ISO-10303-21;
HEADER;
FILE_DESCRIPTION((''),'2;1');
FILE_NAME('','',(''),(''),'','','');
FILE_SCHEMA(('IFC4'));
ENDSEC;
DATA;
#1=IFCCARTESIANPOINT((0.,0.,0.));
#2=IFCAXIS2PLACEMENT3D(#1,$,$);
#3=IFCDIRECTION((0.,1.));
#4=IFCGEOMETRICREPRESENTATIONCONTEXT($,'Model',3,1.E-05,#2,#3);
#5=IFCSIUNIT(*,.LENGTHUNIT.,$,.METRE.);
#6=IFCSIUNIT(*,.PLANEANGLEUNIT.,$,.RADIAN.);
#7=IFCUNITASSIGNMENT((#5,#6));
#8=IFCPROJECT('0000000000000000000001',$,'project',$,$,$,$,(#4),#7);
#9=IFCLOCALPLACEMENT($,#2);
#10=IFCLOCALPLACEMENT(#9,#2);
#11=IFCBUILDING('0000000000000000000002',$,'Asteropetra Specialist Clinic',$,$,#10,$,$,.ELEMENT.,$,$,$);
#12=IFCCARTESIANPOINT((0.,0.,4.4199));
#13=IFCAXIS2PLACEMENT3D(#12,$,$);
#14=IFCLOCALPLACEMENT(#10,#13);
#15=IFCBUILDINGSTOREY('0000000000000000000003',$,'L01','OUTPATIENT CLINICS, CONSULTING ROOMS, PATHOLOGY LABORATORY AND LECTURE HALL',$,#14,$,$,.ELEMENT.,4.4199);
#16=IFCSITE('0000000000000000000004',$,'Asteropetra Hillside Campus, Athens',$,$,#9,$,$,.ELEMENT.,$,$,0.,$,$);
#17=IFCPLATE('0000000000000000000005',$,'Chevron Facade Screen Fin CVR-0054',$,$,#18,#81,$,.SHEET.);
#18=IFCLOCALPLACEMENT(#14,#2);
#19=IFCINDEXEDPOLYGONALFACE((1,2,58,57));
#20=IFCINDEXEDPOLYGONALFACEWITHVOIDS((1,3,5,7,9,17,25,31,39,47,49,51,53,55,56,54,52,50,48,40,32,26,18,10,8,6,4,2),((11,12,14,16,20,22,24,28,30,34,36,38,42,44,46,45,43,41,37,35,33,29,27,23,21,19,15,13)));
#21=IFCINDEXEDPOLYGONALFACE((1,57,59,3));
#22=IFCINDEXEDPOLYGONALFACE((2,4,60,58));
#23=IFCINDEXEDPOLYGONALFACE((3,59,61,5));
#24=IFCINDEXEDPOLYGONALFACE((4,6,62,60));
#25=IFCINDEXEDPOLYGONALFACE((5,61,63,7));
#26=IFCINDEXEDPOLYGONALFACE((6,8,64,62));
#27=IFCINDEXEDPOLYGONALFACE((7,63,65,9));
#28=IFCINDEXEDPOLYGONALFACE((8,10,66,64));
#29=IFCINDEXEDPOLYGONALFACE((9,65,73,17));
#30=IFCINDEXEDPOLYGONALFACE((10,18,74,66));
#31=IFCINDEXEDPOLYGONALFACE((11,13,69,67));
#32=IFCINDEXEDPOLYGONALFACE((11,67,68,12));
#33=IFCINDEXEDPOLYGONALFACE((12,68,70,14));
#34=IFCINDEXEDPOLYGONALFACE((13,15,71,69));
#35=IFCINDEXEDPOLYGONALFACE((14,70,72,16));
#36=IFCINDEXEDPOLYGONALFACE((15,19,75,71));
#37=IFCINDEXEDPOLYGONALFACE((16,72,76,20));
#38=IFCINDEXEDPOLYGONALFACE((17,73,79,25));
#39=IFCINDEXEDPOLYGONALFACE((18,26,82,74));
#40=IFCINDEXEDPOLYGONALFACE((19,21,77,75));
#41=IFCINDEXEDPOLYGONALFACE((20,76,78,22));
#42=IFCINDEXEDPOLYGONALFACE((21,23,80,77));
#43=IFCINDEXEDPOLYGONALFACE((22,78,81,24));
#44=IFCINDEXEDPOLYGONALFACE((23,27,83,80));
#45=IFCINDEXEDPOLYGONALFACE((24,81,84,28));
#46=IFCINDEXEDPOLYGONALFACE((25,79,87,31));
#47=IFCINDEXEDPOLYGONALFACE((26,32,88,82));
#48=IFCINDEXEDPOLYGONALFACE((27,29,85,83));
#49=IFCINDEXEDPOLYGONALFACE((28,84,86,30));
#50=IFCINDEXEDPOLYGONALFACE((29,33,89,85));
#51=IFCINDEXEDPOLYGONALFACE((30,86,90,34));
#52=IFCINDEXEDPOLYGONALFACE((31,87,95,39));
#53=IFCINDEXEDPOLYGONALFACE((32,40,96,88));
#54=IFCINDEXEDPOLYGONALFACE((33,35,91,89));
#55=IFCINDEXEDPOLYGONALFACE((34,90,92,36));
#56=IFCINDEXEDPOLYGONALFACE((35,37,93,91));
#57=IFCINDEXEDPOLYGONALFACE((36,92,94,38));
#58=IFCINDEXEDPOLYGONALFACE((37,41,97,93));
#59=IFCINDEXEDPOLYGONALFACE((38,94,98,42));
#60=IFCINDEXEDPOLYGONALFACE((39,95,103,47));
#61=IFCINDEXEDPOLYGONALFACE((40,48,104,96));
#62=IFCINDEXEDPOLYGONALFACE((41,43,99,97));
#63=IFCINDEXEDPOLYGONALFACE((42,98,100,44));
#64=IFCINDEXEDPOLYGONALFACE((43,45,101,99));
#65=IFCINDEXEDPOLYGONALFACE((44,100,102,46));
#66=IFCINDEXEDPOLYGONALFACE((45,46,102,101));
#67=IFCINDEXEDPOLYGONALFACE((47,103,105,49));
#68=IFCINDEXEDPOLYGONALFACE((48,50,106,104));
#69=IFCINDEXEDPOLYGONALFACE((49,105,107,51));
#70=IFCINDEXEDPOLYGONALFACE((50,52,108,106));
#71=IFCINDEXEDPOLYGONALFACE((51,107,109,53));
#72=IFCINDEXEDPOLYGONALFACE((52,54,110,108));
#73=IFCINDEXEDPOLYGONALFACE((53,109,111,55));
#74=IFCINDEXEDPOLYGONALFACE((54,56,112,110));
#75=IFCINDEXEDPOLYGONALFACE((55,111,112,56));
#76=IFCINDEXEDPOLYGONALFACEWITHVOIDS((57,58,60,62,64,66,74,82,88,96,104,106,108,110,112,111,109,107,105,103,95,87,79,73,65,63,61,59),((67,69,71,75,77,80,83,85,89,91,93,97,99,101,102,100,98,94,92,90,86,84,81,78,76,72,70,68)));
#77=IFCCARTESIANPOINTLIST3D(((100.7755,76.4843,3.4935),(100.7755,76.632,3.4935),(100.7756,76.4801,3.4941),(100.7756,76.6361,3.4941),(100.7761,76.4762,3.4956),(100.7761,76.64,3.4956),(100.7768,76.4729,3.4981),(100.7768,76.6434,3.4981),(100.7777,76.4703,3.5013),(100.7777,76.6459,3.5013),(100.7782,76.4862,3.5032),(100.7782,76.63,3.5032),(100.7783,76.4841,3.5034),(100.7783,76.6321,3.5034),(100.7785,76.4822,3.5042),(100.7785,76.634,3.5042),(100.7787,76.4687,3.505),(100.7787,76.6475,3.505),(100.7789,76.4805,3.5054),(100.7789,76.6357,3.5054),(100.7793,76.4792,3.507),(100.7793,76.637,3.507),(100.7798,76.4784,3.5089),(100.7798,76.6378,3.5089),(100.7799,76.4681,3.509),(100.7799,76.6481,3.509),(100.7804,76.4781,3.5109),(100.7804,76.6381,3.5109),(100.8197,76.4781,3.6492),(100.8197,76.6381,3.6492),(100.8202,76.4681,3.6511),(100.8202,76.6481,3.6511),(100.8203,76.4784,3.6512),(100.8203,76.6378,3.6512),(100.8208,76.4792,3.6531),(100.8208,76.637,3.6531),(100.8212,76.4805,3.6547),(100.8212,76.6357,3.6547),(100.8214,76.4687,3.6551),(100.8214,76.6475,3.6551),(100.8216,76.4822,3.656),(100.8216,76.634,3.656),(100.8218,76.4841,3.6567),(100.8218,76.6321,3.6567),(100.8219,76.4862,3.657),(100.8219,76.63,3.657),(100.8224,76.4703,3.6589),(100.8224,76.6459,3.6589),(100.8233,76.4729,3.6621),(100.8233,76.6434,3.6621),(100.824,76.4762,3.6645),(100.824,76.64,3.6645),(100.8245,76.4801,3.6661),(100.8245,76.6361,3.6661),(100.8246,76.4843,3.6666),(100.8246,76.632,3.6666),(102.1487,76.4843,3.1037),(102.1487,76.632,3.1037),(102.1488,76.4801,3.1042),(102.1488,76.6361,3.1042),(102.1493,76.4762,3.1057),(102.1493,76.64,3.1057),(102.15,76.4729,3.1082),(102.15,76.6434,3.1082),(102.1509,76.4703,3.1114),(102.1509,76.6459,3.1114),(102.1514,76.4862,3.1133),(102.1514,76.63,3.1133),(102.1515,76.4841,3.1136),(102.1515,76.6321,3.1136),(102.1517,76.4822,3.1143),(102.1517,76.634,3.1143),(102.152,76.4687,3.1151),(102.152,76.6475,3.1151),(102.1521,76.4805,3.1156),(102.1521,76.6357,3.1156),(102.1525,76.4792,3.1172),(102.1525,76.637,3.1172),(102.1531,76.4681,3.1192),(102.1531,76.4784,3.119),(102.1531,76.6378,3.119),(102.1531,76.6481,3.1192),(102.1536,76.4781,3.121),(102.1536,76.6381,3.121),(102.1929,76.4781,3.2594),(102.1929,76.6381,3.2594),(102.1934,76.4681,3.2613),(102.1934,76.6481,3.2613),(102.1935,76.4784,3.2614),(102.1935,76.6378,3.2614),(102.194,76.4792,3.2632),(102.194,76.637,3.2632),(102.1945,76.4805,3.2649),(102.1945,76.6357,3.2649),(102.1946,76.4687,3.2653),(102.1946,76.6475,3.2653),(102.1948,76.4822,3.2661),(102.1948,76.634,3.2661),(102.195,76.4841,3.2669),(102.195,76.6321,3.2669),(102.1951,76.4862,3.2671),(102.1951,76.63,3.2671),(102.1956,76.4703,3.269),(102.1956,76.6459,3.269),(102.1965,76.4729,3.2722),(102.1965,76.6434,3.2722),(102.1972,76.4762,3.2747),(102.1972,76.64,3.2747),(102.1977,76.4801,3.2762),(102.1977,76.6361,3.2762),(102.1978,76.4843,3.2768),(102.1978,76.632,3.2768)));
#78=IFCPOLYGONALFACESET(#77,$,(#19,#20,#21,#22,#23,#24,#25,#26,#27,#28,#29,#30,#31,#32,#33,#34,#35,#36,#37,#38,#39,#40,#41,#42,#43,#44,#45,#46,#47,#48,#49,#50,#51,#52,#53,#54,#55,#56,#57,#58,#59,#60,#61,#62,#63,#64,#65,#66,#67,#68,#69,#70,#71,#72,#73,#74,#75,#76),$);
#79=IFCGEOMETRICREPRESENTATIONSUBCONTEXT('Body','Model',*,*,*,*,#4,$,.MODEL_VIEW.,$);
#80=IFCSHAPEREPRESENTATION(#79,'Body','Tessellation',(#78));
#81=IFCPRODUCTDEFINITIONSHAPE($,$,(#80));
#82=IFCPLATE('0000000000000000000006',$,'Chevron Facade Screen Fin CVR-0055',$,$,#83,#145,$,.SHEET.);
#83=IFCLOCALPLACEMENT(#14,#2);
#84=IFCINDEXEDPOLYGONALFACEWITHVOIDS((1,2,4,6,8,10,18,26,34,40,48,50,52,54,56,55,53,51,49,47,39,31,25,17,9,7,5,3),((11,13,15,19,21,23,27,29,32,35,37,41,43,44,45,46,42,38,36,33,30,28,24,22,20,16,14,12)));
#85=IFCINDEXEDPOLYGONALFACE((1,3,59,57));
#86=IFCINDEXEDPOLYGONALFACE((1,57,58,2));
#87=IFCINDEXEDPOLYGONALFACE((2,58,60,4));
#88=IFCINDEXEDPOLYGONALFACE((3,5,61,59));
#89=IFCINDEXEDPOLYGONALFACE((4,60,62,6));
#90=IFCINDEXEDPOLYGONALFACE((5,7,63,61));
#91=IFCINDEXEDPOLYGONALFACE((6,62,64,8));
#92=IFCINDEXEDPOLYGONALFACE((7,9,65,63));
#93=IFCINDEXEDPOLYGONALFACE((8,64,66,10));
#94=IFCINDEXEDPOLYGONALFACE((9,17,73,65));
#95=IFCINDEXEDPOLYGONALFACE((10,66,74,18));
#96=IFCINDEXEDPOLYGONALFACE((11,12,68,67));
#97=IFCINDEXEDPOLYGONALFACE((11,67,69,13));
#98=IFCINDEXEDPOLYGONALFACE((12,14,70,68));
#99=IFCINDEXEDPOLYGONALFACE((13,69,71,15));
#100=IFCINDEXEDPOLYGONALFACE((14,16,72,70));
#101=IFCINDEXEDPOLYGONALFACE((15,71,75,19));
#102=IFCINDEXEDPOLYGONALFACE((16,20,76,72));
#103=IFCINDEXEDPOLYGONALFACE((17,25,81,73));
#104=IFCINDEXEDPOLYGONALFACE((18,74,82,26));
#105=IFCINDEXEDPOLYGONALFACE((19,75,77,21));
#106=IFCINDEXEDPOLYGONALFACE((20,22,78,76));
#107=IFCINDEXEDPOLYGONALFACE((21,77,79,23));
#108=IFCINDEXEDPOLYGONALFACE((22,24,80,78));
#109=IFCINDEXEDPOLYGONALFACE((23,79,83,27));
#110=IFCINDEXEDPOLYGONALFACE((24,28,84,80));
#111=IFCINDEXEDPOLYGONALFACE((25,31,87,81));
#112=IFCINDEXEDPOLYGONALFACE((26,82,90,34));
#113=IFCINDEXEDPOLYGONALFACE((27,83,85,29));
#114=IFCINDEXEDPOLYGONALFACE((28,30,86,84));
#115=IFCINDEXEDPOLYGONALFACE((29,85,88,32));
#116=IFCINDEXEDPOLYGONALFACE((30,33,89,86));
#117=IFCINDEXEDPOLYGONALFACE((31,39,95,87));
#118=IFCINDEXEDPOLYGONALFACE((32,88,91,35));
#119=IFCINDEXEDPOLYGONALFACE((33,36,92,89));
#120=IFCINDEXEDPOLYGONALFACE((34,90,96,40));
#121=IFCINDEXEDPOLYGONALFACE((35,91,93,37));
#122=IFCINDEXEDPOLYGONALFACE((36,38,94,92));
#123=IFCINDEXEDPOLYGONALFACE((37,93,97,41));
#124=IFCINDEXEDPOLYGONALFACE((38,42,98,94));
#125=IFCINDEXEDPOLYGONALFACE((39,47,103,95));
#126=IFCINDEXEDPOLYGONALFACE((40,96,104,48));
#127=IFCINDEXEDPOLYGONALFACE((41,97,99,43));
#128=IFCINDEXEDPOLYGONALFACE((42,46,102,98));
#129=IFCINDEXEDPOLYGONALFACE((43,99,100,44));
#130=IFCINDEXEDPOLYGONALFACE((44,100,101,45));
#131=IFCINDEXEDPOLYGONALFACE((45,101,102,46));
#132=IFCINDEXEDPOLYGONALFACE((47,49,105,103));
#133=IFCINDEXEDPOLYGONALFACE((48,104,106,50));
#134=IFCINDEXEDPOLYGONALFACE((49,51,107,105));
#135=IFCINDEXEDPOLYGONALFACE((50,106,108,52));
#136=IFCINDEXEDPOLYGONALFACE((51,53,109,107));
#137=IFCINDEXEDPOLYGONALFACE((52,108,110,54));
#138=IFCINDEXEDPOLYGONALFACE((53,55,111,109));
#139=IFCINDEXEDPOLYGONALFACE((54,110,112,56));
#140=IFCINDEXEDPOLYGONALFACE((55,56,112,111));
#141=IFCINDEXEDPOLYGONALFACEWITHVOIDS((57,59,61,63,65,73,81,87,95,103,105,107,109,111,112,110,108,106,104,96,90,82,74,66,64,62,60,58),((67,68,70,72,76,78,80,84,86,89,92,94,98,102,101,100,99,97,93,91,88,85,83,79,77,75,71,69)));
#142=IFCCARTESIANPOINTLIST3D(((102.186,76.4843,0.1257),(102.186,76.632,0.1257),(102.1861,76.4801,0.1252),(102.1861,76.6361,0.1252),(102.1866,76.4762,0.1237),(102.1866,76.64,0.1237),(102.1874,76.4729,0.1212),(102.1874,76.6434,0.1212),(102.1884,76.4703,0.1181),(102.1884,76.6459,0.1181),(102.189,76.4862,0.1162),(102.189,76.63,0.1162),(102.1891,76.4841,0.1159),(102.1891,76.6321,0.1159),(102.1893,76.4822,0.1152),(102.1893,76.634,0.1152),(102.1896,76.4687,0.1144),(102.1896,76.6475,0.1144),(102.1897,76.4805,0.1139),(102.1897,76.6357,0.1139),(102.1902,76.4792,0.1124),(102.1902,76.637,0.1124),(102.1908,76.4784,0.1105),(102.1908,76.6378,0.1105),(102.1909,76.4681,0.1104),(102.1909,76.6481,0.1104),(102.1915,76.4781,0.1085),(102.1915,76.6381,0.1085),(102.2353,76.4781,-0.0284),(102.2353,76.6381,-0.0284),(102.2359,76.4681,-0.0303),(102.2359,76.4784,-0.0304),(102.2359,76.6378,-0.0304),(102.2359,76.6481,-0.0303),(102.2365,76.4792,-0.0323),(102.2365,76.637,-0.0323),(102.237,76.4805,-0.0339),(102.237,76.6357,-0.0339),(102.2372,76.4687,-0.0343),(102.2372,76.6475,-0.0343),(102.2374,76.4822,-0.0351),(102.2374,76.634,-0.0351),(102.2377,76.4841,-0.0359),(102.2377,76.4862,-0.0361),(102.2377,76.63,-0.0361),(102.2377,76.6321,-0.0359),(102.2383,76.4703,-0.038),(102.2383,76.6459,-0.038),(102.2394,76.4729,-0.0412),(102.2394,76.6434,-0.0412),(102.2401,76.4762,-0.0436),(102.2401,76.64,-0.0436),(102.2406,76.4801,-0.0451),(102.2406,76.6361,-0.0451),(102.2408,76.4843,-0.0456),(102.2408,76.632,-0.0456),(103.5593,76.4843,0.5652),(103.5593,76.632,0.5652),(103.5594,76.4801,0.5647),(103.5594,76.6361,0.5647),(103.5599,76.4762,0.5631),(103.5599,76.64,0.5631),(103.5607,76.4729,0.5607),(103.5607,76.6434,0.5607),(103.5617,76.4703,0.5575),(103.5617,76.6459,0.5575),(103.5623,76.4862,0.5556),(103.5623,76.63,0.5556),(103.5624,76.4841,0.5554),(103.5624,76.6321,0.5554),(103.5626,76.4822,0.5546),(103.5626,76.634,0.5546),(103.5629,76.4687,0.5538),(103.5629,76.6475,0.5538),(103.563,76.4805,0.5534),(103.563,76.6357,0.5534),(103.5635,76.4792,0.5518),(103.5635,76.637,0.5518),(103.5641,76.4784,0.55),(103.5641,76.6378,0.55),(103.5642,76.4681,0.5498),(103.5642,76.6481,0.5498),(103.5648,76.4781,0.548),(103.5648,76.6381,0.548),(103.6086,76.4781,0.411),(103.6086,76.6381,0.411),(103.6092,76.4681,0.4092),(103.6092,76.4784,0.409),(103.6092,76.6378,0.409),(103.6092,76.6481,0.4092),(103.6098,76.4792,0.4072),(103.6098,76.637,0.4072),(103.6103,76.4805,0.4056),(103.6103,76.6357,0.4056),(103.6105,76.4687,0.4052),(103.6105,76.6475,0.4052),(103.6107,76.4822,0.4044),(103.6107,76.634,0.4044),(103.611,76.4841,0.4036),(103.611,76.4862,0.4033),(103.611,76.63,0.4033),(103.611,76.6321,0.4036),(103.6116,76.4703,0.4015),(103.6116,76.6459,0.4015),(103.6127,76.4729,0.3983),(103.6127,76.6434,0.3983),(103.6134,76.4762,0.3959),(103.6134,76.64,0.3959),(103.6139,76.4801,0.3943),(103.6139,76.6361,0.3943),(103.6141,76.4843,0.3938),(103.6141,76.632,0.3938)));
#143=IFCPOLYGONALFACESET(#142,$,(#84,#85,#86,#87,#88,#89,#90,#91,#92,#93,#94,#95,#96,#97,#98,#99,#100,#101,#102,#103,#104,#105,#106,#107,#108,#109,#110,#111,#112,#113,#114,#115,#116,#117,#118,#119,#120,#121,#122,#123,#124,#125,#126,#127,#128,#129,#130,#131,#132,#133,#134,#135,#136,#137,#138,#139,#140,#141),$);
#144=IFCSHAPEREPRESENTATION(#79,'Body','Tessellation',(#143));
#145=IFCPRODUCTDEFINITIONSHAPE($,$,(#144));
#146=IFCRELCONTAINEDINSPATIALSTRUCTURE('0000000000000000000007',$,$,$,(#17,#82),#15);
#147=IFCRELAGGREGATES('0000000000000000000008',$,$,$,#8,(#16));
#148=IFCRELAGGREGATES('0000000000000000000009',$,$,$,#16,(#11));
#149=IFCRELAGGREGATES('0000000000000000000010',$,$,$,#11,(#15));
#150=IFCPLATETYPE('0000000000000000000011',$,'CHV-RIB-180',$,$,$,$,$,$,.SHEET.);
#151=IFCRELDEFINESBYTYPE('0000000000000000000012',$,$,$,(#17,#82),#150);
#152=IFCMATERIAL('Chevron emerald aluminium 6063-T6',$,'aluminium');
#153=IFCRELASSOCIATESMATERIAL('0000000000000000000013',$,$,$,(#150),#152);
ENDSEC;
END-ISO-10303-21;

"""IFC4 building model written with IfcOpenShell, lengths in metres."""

from ifc_helpers import new_model, si_unit, direction, frame, origin, origin_2d, place, context, subcontext, project, spatial, hollow_rectangle, extrude, material, material_profile, profile_set, type_object, element, save


model = new_model("IFC4")

# Units and contexts
model_context = context("Model", 3, precision=1e-05, world=origin(), true_north=direction((0.0, 1.0)))
body_context = subcontext(model_context, "Body", "Model", "MODEL_VIEW")
ifc_project = project(units=[si_unit("LENGTHUNIT", "METRE"), si_unit("PLANEANGLEUNIT", "RADIAN")], contexts=[model_context])

# Site, building, storey
site_placement = place(None, origin())
site = spatial("IfcSite", under=ifc_project, at=site_placement, Name="Asteropetra Hillside Campus, Athens", CompositionType="ELEMENT", RefElevation=0.0)
building_placement = place(site_placement, origin())
building = spatial("IfcBuilding", under=site, at=building_placement, Name="Asteropetra Specialist Clinic", CompositionType="ELEMENT")
storey_placement = place(building_placement, frame((0.0, 0.0, 4.4199)))
storey = spatial("IfcBuildingStorey", under=building, at=storey_placement, Name="L01", Description="OUTPATIENT CLINICS, CONSULTING ROOMS, PATHOLOGY LABORATORY AND LECTURE HALL", CompositionType="ELEMENT", Elevation=4.4199)

# Plates
ifc_material_1 = material(Name="Chevron emerald aluminium 6063-T6", Category="aluminium")
ifc_material_profile_1 = material_profile(ifc_material_1, hollow_rectangle(XDim=0.1799, YDim=0.1799, WallThickness=0.01, InnerFilletRadius=0.0081, OuterFilletRadius=0.0161, at=origin_2d()), Name="SHS 180x180x10.0")
ifc_profile_set_1 = profile_set([ifc_material_profile_1], Name="Chevron emerald aluminium 6063-T6")
plate_type = type_object("IfcPlateType", Name="CHV-RIB-180", PredefinedType="SHEET", material=ifc_profile_set_1)
for number, where, z_axis, x_axis, name in (
    (1, (100.8, 76.5581, 3.5801), (0.961981, 0.0, -0.273117), (0.0, 1.0, 0.0), "Chevron Facade Screen Fin CVR-0054"),
):
    element("IfcPlate", number, at=place(storey_placement, frame(where, z_axis=z_axis, x_axis=x_axis)), inside=storey, type_object=plate_type, Name=name, PredefinedType="SHEET", context=body_context, shape_type="SweptSolid", body=[
        extrude(hollow_rectangle(XDim=0.1799, YDim=0.1799, WallThickness=0.01, InnerFilletRadius=0.0081, OuterFilletRadius=0.0161, at=origin_2d()), origin(), (0.0, 0.0, 1.0), 1.4275),
    ])
plate_1_placement = place(storey_placement, frame((102.2134, 76.5581, 0.04), z_axis=(0.952424, 0.0, 0.304776), x_axis=(0.0, 1.0, 0.0)))
element("IfcPlate", 2, at=plate_1_placement, inside=storey, type_object=plate_type, Name="Chevron Facade Screen Fin CVR-0055", PredefinedType="SHEET", context=body_context, shape_type="SweptSolid", body=[
    extrude(hollow_rectangle(XDim=0.1799, YDim=0.1799, WallThickness=0.01, InnerFilletRadius=0.0081, OuterFilletRadius=0.0161, at=origin_2d()), origin(), (0.0, 0.0, 1.0), 1.4419),
])

save(model, "model.ifc")
